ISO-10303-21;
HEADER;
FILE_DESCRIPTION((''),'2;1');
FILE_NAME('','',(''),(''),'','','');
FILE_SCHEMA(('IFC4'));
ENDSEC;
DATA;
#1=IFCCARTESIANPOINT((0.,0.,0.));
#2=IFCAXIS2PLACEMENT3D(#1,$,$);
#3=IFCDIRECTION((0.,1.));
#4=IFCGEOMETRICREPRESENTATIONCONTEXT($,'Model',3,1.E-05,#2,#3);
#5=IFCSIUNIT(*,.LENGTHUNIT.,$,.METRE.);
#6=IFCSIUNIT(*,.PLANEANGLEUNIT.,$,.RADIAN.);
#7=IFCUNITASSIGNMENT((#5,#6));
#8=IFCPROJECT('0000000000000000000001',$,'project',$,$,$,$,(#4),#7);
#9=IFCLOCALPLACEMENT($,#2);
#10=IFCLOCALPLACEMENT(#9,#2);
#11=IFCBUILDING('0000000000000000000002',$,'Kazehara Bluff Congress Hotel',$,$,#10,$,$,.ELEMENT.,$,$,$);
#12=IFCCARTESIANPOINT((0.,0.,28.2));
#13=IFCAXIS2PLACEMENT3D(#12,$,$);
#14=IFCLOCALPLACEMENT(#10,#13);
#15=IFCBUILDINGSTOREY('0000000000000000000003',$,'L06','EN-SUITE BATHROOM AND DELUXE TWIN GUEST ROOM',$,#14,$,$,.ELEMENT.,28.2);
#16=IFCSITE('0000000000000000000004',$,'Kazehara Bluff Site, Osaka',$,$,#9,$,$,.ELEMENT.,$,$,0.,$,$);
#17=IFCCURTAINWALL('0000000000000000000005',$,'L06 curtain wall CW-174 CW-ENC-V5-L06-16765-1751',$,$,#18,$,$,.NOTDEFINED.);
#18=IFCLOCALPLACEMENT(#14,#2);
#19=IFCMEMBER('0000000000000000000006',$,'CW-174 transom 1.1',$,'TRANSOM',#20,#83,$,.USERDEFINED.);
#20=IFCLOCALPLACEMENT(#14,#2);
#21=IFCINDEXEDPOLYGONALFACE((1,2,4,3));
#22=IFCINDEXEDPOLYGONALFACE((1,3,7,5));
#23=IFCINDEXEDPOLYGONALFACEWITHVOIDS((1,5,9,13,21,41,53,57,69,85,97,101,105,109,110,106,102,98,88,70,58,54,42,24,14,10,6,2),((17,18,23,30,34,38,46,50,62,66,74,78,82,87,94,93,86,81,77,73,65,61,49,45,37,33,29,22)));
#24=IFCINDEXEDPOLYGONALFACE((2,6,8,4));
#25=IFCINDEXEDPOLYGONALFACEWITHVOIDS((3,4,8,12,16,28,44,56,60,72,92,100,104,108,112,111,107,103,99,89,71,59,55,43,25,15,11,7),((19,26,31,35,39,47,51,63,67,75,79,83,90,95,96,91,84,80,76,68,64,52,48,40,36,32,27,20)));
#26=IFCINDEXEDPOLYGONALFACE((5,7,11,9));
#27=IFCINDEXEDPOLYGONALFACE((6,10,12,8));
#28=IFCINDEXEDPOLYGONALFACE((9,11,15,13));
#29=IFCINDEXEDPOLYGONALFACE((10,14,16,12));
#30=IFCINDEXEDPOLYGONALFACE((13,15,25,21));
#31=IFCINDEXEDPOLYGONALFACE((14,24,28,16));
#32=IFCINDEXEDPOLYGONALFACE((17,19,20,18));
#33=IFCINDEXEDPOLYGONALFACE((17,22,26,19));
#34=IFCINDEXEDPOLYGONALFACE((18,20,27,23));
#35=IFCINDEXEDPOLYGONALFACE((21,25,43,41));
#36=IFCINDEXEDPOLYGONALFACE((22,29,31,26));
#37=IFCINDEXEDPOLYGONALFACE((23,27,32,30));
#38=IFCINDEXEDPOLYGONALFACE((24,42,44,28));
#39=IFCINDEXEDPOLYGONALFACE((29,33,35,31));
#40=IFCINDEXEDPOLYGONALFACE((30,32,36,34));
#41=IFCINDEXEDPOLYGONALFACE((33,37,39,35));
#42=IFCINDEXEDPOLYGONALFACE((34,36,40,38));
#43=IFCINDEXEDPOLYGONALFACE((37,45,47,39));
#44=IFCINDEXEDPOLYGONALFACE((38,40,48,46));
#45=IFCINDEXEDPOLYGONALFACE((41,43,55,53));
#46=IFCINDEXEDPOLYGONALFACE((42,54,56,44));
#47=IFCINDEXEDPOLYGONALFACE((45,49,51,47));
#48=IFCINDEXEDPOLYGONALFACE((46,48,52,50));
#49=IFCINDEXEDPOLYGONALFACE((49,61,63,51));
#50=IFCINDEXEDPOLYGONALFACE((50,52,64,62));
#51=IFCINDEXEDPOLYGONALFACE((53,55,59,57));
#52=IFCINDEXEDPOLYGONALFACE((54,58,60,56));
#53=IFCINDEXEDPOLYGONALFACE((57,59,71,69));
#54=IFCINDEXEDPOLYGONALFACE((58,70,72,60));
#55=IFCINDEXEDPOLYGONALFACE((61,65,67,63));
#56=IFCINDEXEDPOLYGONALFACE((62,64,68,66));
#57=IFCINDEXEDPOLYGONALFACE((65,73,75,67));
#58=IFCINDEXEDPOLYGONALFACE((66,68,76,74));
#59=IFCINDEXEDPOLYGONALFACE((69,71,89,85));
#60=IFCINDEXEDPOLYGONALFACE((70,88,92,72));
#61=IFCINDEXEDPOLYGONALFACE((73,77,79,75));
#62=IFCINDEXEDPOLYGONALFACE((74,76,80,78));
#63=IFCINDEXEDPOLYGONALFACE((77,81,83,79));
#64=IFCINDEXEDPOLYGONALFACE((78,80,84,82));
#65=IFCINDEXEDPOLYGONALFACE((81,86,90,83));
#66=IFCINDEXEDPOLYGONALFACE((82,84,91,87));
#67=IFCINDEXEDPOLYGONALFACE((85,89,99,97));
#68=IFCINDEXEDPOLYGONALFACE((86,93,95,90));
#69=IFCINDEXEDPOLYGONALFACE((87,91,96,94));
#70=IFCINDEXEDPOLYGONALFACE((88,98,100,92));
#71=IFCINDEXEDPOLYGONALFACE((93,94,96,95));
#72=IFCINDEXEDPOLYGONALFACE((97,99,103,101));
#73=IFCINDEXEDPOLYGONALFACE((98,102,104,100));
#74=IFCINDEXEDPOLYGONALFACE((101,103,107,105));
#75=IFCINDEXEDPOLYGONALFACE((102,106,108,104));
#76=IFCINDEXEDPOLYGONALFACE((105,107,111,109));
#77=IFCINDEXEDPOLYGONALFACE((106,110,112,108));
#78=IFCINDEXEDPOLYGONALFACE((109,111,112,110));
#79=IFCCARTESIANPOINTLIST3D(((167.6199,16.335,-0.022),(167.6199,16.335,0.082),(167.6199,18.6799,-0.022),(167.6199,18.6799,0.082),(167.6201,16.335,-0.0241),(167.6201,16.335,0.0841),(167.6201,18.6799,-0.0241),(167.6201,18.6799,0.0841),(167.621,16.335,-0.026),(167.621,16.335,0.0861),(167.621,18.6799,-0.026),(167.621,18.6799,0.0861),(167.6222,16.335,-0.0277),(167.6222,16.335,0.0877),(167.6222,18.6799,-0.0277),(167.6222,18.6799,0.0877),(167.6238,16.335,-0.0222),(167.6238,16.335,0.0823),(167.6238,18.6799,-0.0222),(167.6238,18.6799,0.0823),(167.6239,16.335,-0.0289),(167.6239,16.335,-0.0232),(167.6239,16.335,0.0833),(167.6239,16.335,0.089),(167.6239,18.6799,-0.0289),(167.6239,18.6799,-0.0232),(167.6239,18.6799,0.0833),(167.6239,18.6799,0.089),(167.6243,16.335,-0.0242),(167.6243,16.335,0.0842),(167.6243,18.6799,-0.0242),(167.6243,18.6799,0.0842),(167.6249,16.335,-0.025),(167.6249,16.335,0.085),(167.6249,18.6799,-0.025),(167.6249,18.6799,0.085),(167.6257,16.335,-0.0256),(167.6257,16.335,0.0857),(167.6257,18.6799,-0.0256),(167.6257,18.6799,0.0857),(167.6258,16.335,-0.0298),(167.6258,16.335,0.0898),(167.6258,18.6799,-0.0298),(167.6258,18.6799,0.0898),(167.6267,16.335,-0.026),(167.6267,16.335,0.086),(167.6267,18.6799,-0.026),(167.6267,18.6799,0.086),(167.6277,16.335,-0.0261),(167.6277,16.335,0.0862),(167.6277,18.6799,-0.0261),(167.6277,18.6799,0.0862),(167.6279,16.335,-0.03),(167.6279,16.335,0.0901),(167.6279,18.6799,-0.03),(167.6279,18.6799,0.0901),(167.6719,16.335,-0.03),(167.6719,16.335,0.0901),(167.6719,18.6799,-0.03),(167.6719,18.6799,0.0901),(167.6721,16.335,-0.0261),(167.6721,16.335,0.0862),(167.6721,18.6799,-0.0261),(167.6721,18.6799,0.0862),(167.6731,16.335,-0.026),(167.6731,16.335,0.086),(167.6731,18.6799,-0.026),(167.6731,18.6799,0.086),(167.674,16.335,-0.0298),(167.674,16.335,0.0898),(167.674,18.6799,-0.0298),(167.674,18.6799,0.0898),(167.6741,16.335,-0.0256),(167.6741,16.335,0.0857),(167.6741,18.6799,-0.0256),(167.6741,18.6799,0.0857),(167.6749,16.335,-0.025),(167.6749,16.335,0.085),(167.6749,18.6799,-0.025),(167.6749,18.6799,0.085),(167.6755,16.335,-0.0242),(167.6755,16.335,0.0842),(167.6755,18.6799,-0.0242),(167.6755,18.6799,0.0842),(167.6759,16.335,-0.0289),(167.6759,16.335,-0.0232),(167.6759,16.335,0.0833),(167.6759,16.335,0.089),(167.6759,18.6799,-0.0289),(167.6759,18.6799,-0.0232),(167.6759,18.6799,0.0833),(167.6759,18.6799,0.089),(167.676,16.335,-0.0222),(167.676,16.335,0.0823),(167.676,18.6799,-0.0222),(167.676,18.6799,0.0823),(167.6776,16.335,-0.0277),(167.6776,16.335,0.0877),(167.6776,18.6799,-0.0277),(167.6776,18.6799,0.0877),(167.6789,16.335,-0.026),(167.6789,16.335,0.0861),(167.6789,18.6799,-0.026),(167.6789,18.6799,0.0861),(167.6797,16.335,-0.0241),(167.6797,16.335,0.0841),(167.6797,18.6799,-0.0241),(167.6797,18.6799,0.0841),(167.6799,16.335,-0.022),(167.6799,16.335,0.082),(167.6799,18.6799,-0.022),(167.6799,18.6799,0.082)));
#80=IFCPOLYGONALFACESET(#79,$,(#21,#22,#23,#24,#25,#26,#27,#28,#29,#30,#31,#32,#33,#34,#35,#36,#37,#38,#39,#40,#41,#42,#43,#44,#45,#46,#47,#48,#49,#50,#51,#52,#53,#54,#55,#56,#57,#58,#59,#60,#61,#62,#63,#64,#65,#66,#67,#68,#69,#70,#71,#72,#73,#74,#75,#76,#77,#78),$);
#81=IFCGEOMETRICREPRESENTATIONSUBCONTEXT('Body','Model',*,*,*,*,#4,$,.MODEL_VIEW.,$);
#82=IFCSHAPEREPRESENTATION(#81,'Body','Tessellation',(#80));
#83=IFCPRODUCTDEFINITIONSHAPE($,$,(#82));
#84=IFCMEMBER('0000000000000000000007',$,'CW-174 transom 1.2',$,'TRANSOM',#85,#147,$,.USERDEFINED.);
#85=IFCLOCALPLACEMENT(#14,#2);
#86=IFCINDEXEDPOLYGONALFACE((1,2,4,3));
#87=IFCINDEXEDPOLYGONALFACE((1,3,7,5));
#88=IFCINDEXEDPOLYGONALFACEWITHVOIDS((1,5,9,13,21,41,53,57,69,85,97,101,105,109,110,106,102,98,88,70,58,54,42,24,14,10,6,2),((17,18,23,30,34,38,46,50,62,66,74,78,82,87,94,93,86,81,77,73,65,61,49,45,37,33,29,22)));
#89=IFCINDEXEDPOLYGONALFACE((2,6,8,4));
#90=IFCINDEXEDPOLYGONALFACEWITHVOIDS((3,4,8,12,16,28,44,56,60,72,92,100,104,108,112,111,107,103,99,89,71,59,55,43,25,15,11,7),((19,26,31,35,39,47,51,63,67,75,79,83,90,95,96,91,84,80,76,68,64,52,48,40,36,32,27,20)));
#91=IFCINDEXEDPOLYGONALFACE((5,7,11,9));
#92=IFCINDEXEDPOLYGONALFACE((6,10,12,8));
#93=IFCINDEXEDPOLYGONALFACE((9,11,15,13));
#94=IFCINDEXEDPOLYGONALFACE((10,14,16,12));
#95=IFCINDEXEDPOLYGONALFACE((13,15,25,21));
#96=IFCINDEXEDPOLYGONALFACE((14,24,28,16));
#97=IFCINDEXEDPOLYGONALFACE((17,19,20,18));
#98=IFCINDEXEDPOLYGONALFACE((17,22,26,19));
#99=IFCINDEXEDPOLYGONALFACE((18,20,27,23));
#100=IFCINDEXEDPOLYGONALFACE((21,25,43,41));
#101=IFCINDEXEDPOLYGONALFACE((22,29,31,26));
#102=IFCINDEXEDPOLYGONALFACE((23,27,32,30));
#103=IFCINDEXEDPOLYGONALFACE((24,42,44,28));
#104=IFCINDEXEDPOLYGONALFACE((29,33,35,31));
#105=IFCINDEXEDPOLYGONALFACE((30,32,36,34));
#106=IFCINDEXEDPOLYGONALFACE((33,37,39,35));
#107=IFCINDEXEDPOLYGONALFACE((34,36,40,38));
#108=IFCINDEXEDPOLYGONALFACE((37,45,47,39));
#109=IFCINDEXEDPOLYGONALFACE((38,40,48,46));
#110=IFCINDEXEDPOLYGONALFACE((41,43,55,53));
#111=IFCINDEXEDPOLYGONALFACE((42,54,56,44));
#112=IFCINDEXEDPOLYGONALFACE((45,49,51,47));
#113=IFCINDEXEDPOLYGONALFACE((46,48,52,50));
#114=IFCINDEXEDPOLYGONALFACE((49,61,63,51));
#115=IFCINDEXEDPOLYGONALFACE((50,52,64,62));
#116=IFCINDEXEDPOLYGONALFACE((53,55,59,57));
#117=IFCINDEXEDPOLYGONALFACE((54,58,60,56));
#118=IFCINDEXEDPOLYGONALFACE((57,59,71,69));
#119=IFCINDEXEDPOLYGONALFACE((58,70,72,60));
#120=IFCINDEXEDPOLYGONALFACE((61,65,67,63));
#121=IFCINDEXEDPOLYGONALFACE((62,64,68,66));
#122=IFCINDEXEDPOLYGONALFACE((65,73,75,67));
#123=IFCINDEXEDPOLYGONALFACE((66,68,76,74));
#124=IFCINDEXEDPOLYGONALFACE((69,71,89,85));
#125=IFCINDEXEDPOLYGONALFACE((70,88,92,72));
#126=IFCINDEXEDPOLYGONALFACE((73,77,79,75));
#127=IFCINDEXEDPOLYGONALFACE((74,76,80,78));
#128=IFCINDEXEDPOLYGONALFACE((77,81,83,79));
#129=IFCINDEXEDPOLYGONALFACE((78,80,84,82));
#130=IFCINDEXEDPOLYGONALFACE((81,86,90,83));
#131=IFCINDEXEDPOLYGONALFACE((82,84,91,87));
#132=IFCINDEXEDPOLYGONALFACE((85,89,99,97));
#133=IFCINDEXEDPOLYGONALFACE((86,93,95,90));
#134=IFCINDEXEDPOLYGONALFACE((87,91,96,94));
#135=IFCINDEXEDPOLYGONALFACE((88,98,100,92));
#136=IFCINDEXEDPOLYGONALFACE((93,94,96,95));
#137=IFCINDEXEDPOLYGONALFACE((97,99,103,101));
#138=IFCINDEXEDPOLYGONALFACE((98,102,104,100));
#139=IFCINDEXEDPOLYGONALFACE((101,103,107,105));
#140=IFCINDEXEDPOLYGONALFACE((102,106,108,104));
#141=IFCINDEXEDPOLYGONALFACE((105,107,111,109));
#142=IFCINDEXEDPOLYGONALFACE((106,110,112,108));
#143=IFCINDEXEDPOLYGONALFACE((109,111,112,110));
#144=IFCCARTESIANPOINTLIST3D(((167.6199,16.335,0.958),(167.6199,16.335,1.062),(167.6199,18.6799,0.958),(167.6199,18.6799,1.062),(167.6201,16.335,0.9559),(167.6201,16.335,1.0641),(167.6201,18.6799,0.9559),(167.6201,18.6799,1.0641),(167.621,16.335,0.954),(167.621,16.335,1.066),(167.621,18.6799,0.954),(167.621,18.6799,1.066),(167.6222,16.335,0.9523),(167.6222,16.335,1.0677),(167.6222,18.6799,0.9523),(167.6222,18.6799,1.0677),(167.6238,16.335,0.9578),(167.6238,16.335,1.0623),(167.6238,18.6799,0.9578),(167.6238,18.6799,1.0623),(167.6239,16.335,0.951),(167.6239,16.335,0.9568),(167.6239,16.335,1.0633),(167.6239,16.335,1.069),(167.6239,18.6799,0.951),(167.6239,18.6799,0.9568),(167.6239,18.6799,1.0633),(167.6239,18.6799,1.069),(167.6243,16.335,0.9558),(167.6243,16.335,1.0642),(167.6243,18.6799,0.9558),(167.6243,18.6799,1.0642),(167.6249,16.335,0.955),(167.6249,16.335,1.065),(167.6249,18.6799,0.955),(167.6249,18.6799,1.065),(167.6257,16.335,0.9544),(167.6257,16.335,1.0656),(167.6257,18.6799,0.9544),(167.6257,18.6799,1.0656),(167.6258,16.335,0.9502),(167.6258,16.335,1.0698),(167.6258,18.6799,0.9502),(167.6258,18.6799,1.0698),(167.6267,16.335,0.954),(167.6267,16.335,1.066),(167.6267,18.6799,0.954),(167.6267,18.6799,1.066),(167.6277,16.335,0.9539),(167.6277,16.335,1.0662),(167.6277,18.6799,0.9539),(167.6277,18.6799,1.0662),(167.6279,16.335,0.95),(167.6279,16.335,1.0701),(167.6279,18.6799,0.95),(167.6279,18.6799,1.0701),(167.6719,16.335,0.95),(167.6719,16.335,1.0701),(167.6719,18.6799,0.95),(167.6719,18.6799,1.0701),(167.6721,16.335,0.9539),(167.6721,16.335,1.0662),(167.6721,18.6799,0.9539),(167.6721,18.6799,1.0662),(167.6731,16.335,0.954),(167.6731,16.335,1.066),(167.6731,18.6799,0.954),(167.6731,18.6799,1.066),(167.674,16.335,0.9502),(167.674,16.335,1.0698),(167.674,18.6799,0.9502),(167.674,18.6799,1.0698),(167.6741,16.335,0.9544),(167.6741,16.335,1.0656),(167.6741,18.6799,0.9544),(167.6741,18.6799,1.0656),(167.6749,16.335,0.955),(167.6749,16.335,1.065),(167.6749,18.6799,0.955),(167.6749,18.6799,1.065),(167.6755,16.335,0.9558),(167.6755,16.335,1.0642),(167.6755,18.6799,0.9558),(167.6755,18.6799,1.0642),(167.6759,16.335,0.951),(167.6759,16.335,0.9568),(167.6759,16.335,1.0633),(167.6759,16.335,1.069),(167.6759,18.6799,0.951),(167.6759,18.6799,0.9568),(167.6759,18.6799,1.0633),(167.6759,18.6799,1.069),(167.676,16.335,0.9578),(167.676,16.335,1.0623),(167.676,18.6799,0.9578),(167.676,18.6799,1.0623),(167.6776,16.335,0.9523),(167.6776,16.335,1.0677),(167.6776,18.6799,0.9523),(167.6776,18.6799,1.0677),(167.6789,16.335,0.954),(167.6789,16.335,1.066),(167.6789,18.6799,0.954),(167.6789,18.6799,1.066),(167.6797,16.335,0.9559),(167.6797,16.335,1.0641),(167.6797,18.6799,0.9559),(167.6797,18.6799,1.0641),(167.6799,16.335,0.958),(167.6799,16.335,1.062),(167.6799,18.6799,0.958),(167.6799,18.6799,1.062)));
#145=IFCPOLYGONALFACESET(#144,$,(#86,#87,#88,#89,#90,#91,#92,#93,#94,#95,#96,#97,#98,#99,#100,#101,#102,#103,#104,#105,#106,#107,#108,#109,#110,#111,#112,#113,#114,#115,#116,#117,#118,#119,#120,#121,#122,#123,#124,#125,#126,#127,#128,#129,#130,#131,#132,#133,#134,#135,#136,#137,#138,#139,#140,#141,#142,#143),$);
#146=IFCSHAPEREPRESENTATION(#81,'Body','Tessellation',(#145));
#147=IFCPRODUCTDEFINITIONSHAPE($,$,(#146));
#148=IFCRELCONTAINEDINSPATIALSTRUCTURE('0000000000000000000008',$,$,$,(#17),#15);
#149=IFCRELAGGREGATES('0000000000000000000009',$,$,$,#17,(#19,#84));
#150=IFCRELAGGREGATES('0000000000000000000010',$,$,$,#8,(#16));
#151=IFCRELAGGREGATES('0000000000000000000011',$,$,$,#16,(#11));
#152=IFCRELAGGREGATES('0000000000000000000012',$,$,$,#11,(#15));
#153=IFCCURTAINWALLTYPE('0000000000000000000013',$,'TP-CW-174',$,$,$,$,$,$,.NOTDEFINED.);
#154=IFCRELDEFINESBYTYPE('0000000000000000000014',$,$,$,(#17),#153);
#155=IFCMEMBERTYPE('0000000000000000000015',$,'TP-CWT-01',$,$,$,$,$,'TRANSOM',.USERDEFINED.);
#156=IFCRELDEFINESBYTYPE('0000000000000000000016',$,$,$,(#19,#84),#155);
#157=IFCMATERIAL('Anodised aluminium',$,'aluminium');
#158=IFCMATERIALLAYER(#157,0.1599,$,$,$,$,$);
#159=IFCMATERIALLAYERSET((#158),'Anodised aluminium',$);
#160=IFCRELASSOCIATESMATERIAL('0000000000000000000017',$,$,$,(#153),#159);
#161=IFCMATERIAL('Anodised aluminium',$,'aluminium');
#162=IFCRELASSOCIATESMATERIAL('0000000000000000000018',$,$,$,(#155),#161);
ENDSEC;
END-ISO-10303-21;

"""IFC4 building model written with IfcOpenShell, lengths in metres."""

from ifc_helpers import new_model, si_unit, direction, frame, origin, origin_2d, place, context, subcontext, project, spatial, hollow_rectangle, extrude, material, layer, layer_set, material_profile, profile_set, type_object, element, aggregate, save


model = new_model("IFC4")

# Units and contexts
model_context = context("Model", 3, precision=1e-05, world=origin(), true_north=direction((0.0, 1.0)))
body_context = subcontext(model_context, "Body", "Model", "MODEL_VIEW")
ifc_project = project(units=[si_unit("LENGTHUNIT", "METRE"), si_unit("PLANEANGLEUNIT", "RADIAN")], contexts=[model_context])

# Site, building, storey
site_placement = place(None, origin())
site = spatial("IfcSite", under=ifc_project, at=site_placement, Name="Kazehara Bluff Site, Osaka", CompositionType="ELEMENT", RefElevation=0.0)
building_placement = place(site_placement, origin())
building = spatial("IfcBuilding", under=site, at=building_placement, Name="Kazehara Bluff Congress Hotel", CompositionType="ELEMENT")
storey_placement = place(building_placement, frame((0.0, 0.0, 28.2)))
storey = spatial("IfcBuildingStorey", under=building, at=storey_placement, Name="L06", Description="EN-SUITE BATHROOM AND DELUXE TWIN GUEST ROOM", CompositionType="ELEMENT", Elevation=28.2)

# Curtain wall, members
ifc_material_1 = material(Name="Anodised aluminium", Category="aluminium")
ifc_layer_1 = layer(ifc_material_1, 0.1599)
ifc_layer_set_1 = layer_set([ifc_layer_1], Name="Anodised aluminium")
curtain_wall_type = type_object("IfcCurtainWallType", Name="TP-CW-174", PredefinedType="NOTDEFINED", material=ifc_layer_set_1)
curtain_wall_placement = place(storey_placement, origin())
curtain_wall = element("IfcCurtainWall", 1, at=curtain_wall_placement, inside=storey, type_object=curtain_wall_type, Name="L06 curtain wall CW-174 CW-ENC-V5-L06-16765-1751", PredefinedType="NOTDEFINED")
ifc_material_2 = material(Name="Anodised aluminium", Category="aluminium")
ifc_material_profile_1 = material_profile(ifc_material_2, hollow_rectangle(XDim=0.0601, YDim=0.1201, WallThickness=0.0039, InnerFilletRadius=0.0039, OuterFilletRadius=0.0081, at=origin_2d()))
ifc_profile_set_1 = profile_set([ifc_material_profile_1], Name="Anodised aluminium")
member_type_1 = type_object("IfcMemberType", Name="TP-CWT-01", ElementType="TRANSOM", PredefinedType="USERDEFINED", material=ifc_profile_set_1)
member_1_placement = place(storey_placement, frame((167.6499, 18.6799, 0.03), z_axis=(0.0, -1.0, 0.0), x_axis=(1.0, 0.0, 0.0)))
member_1 = element("IfcMember", 2, at=member_1_placement, type_object=member_type_1, Name="CW-174 transom 1.1", ObjectType="TRANSOM", PredefinedType="USERDEFINED", context=body_context, shape_type="SweptSolid", body=[
    extrude(hollow_rectangle(XDim=0.0601, YDim=0.1201, WallThickness=0.0039, InnerFilletRadius=0.0039, OuterFilletRadius=0.0081, at=origin_2d()), origin(), (0.0, 0.0, 1.0), 2.345),
])
member_2_placement = place(storey_placement, frame((167.6499, 18.6799, 1.01), z_axis=(0.0, -1.0, 0.0), x_axis=(1.0, 0.0, 0.0)))
member_2 = element("IfcMember", 3, at=member_2_placement, type_object=member_type_1, Name="CW-174 transom 1.2", ObjectType="TRANSOM", PredefinedType="USERDEFINED", context=body_context, shape_type="SweptSolid", body=[
    extrude(hollow_rectangle(XDim=0.0601, YDim=0.1201, WallThickness=0.0039, InnerFilletRadius=0.0039, OuterFilletRadius=0.0081, at=origin_2d()), origin(), (0.0, 0.0, 1.0), 2.345),
])
aggregate(curtain_wall, [member_1, member_2])

save(model, "model.ifc")
